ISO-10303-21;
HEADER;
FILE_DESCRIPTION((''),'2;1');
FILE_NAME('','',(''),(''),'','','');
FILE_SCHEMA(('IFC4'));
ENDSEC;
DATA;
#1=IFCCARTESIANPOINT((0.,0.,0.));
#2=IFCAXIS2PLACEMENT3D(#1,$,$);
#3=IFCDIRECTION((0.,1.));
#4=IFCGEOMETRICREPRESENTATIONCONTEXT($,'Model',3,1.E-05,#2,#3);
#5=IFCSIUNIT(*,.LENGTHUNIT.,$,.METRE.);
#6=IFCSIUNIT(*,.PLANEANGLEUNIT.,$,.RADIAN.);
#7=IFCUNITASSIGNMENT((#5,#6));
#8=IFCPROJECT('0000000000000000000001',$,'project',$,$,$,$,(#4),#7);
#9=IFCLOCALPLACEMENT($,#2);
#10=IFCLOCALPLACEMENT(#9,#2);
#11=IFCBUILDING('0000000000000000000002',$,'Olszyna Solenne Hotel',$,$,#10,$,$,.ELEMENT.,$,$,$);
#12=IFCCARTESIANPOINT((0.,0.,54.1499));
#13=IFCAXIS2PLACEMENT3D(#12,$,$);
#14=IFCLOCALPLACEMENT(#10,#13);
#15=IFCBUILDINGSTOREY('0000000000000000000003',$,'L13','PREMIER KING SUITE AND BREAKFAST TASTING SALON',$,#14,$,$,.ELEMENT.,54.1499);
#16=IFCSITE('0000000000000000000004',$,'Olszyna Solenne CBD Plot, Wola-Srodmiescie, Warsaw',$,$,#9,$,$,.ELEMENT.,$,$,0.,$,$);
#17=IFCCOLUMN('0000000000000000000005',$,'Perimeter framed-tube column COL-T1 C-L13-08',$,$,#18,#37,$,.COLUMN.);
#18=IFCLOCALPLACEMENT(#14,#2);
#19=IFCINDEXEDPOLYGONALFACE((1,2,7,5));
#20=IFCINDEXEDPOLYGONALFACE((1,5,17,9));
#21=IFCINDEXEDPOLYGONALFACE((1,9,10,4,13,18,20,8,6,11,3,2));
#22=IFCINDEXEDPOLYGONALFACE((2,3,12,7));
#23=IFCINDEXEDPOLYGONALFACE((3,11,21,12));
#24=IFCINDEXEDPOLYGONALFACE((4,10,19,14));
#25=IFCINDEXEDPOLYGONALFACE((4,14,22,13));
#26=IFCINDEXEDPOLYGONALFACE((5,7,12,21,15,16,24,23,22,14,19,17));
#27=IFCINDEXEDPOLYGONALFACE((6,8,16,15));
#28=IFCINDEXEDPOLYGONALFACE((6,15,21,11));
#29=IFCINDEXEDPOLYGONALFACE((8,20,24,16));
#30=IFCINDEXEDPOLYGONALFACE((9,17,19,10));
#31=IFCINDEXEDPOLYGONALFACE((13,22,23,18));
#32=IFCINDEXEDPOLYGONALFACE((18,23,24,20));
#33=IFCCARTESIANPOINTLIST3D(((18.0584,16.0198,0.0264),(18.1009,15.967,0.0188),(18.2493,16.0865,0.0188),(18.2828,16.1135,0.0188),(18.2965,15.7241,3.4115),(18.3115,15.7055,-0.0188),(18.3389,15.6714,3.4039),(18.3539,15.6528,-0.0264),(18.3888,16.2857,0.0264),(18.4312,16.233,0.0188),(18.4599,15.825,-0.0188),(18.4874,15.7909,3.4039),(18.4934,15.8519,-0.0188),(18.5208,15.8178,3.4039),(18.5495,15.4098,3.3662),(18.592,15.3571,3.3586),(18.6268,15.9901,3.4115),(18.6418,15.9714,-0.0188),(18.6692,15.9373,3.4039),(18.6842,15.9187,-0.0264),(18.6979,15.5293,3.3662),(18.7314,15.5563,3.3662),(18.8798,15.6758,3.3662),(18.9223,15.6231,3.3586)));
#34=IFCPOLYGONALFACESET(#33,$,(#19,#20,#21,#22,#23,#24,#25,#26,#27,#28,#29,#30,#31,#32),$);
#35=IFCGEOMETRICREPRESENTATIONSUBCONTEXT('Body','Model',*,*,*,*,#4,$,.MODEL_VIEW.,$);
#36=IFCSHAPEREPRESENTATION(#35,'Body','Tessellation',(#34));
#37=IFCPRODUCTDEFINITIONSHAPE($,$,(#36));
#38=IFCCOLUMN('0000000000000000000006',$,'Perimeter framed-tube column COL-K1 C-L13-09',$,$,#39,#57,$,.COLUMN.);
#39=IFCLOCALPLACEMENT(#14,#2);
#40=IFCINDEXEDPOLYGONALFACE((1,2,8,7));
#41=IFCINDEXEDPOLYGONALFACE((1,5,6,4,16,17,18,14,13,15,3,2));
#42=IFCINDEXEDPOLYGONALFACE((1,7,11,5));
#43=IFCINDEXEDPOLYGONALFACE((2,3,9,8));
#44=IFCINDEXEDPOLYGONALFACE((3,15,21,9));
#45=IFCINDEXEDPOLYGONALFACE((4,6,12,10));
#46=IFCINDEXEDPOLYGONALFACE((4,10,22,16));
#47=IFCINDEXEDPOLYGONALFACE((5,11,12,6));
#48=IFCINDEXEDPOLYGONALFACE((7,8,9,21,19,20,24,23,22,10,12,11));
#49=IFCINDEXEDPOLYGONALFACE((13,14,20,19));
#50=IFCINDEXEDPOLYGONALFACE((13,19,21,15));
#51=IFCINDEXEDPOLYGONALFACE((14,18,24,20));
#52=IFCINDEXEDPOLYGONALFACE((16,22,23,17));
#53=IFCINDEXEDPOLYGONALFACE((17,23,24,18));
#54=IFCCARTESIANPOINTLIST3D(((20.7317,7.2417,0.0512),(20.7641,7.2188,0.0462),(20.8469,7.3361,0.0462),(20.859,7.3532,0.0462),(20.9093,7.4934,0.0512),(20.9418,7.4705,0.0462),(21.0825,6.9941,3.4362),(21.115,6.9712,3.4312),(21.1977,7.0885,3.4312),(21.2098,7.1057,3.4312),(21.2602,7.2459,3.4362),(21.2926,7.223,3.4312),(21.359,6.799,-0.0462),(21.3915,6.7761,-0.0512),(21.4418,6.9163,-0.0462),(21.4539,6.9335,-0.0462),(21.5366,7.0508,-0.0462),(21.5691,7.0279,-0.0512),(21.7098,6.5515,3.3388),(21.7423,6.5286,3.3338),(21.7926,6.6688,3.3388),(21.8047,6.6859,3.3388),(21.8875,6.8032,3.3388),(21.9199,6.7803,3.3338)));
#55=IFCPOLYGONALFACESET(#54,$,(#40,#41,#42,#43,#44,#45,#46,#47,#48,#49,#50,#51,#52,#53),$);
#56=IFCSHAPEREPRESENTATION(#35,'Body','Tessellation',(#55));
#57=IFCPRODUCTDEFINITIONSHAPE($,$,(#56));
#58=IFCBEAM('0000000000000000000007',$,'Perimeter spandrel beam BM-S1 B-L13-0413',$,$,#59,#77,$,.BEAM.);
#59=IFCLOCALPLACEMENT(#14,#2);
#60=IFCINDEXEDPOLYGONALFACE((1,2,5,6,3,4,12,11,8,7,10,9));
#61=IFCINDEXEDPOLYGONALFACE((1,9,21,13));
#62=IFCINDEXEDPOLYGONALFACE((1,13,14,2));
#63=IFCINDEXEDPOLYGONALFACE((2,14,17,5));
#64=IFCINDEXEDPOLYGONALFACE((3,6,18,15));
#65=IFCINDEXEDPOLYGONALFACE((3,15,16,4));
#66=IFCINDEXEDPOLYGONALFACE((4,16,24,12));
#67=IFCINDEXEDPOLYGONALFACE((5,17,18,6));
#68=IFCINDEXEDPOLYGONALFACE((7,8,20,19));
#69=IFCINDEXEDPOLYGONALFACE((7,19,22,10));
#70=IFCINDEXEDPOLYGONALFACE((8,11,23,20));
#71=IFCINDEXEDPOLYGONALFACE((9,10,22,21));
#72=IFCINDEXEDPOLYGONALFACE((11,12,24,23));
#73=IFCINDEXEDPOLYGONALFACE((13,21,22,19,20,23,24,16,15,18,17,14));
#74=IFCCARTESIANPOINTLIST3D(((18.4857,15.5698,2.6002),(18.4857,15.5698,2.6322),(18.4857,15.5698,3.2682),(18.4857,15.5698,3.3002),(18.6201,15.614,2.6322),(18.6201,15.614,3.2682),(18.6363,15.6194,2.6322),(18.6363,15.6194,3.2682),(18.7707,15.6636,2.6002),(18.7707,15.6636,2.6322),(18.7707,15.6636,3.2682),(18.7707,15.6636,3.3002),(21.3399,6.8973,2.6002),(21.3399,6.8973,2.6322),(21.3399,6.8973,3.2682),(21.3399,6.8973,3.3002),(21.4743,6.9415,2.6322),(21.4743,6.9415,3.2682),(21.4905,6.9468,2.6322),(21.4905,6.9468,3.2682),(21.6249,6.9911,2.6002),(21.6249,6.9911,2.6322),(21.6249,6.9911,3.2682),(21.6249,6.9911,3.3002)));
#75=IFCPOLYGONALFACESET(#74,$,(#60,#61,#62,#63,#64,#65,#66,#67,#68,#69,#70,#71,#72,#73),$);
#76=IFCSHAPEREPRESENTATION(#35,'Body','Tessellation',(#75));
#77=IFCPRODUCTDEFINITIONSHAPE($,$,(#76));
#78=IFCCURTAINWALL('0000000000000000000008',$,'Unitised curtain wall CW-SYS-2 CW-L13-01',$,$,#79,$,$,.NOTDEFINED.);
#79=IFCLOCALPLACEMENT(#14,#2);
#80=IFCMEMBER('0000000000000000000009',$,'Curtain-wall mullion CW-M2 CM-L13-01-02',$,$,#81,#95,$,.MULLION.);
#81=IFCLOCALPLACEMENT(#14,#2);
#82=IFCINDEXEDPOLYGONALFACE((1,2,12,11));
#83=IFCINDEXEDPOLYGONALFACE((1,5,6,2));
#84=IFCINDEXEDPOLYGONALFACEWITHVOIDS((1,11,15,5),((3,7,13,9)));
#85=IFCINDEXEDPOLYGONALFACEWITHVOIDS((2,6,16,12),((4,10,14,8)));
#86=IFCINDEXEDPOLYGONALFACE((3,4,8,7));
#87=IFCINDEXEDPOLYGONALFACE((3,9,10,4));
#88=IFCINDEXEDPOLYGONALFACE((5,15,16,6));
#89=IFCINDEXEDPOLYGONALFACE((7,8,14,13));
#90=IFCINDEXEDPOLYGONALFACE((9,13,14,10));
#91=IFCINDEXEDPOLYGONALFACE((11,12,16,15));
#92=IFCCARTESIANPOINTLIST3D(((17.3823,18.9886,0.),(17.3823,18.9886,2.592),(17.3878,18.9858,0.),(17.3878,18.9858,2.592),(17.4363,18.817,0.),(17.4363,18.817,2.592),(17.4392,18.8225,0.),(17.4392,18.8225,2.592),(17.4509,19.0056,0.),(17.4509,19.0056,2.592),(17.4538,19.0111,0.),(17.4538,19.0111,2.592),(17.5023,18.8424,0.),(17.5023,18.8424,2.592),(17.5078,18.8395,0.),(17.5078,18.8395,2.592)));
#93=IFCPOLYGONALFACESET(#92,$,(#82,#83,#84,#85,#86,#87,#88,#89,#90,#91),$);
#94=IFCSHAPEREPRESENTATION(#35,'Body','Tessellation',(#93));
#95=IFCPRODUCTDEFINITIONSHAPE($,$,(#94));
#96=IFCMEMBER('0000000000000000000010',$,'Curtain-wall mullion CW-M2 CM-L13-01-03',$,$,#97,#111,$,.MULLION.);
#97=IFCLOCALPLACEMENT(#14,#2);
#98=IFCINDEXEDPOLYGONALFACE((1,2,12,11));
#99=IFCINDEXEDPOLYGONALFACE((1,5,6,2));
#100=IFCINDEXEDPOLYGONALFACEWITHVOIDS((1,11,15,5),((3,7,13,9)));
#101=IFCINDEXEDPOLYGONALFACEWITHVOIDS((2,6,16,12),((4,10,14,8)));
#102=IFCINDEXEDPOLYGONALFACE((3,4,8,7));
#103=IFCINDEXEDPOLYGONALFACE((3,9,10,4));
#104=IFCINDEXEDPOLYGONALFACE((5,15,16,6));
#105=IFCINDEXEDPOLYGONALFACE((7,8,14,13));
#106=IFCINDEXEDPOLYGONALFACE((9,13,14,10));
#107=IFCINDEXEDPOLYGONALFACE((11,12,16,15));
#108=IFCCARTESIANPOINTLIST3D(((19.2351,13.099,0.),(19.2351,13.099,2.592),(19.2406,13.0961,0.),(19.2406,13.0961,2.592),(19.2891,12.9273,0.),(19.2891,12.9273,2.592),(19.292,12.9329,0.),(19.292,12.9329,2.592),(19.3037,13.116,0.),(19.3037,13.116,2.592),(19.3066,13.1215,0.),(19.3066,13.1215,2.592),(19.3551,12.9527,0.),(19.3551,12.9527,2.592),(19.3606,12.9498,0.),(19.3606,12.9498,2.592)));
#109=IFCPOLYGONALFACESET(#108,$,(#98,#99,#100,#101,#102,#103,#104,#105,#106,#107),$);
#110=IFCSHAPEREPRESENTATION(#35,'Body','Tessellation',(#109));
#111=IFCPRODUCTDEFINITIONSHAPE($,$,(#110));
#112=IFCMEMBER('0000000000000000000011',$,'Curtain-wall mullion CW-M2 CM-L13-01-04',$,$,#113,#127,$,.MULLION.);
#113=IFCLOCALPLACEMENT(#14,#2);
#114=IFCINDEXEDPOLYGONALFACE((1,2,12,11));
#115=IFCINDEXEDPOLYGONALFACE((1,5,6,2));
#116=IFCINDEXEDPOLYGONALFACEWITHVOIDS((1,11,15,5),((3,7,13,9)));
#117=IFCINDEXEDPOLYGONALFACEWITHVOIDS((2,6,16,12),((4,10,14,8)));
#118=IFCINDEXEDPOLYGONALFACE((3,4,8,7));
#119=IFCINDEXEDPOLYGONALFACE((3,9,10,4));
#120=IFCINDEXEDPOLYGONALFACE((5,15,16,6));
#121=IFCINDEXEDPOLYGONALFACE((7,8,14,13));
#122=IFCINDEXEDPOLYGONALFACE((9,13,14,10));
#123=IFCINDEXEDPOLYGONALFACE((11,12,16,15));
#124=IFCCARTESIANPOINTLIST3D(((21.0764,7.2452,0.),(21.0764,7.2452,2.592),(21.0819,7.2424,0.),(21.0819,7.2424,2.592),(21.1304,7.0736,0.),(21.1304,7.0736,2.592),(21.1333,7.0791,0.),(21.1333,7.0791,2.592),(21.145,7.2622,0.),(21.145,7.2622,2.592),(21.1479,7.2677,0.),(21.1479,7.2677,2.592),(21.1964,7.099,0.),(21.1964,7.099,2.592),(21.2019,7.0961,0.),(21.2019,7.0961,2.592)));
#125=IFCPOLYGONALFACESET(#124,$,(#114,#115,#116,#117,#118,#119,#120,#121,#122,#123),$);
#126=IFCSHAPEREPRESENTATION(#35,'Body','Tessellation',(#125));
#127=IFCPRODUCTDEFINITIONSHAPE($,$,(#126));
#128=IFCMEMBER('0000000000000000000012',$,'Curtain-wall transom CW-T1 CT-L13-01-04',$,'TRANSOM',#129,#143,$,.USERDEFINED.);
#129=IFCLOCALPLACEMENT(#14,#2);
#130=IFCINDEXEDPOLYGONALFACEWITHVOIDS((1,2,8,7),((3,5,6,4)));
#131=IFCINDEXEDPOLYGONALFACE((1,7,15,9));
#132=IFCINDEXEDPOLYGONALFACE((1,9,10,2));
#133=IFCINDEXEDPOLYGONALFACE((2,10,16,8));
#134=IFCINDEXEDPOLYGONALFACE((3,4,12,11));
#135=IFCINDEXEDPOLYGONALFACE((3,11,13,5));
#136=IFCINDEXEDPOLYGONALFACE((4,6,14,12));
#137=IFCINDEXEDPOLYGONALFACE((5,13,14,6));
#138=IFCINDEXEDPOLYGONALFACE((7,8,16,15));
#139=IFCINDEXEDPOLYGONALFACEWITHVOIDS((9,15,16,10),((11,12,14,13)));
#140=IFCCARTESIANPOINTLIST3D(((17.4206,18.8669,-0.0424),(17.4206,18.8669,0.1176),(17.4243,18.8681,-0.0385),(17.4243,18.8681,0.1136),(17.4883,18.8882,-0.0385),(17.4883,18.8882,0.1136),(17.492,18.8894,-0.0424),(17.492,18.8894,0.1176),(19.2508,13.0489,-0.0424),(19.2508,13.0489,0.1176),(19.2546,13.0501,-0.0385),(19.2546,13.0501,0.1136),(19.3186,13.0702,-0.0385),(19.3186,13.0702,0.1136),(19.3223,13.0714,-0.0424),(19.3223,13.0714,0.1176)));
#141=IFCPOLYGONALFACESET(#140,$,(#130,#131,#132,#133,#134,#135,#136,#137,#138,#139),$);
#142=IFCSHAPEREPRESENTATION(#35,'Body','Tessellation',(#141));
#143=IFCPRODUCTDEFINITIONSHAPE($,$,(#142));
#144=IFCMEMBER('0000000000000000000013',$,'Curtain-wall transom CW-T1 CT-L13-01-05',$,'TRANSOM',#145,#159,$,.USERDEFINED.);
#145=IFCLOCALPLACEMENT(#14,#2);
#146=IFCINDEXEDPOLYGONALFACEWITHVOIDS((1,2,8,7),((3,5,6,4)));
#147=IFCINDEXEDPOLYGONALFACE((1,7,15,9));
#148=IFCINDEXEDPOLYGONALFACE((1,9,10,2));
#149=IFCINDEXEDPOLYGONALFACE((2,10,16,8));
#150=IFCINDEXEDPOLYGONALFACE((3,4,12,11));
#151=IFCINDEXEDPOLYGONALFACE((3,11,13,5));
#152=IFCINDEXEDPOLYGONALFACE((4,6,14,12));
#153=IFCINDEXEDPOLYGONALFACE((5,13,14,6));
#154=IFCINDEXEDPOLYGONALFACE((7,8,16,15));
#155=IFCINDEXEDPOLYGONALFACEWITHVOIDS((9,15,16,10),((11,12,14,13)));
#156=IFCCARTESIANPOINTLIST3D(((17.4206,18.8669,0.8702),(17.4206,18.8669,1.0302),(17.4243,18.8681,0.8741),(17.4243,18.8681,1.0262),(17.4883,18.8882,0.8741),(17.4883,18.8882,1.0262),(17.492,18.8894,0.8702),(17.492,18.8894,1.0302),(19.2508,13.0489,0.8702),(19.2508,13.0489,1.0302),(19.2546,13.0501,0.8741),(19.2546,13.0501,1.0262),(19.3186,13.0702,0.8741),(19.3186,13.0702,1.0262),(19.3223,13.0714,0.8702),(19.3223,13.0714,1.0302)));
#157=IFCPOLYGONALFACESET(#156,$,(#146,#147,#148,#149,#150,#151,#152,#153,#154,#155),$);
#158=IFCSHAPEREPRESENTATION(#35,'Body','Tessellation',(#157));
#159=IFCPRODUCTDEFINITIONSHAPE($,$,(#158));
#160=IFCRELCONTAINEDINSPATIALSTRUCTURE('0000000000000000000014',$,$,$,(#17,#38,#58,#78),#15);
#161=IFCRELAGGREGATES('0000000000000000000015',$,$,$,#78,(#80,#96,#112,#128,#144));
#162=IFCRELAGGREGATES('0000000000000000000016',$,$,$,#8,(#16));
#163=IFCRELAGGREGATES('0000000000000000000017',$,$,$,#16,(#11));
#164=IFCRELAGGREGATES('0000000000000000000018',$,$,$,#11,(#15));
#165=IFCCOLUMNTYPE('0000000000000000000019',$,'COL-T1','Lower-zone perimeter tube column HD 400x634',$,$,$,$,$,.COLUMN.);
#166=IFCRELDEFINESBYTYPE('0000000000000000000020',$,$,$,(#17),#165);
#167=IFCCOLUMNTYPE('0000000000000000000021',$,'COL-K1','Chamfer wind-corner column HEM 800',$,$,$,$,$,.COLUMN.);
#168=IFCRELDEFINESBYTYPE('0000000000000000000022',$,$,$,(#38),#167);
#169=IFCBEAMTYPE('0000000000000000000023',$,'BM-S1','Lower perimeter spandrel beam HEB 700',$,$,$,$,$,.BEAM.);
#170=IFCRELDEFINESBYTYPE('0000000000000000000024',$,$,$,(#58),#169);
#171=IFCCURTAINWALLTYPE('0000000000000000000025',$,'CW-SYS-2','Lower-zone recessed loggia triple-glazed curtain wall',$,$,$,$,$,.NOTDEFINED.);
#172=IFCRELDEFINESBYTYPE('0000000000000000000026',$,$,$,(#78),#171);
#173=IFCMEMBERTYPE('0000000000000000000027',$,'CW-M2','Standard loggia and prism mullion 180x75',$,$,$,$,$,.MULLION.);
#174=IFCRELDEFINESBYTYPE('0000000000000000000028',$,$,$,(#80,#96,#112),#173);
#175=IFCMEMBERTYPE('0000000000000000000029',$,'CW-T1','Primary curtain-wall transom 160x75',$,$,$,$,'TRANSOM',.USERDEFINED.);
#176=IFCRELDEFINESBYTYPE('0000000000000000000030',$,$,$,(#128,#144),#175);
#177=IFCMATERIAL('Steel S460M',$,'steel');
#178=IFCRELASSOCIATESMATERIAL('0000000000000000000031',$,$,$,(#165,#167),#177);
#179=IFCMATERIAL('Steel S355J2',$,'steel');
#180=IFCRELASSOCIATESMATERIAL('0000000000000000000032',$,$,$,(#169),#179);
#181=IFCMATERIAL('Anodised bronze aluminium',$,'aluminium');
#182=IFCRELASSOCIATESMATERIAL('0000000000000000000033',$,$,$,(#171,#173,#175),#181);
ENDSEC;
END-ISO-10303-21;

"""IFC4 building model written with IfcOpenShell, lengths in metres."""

from ifc_helpers import new_model, si_unit, direction, frame, origin, origin_2d, place, context, subcontext, project, spatial, hollow_rectangle, i_section, extrude, source, transform, mapped, material, material_profile, profile_set, type_object, element, aggregate, save


model = new_model("IFC4")

# Units and contexts
model_context = context("Model", 3, precision=1e-05, world=origin(), true_north=direction((0.0, 1.0)))
body_context = subcontext(model_context, "Body", "Model", "MODEL_VIEW")
ifc_project = project(units=[si_unit("LENGTHUNIT", "METRE"), si_unit("PLANEANGLEUNIT", "RADIAN")], contexts=[model_context])

# Site, building, storey
site_placement = place(None, origin())
site = spatial("IfcSite", under=ifc_project, at=site_placement, Name="Olszyna Solenne CBD Plot, Wola-Srodmiescie, Warsaw", CompositionType="ELEMENT", RefElevation=0.0)
building_placement = place(site_placement, origin())
building = spatial("IfcBuilding", under=site, at=building_placement, Name="Olszyna Solenne Hotel", CompositionType="ELEMENT")
storey_placement = place(building_placement, frame((0.0, 0.0, 54.1499)))
storey = spatial("IfcBuildingStorey", under=building, at=storey_placement, Name="L13", Description="PREMIER KING SUITE AND BREAKFAST TASTING SALON", CompositionType="ELEMENT", Elevation=54.1499)

# Columns
ifc_material_1 = material(Name="Steel S460M", Category="steel")
ifc_material_profile_1 = material_profile(ifc_material_1, i_section(OverallWidth=0.4241, OverallDepth=0.4741, WebThickness=0.043, FlangeThickness=0.0681, at=origin_2d()), Name="HD 400x634", Category="load-bearing")
ifc_profile_set_1 = profile_set([ifc_material_profile_1], Name="Steel S460M")
column_type_1 = type_object("IfcColumnType", Name="COL-T1", Description="Lower-zone perimeter tube column HD 400x634", PredefinedType="COLUMN", material=ifc_profile_set_1)
shared_shape_1 = source(origin(), body_context, "Body", "SweptSolid", [
    extrude(i_section(OverallWidth=0.4241, OverallDepth=0.4741, WebThickness=0.043, FlangeThickness=0.0681, at=origin_2d()), origin(), (0.0, 0.0, 1.0), 3.4062),
])
column_1_placement = place(storey_placement, frame((18.3713, 15.9692, 0.0), z_axis=(0.069883, -0.086798, 0.993772), x_axis=(0.77892, 0.627124, 0.0)))
element("IfcColumn", 1, at=column_1_placement, inside=storey, type_object=column_type_1, Name="Perimeter framed-tube column COL-T1 C-L13-08", PredefinedType="COLUMN", context=body_context, shape_type="MappedRepresentation", body=[
    mapped(shared_shape_1, transform((0.0, 0.0, 0.0), x_axis=(1.0, 0.0, 0.0), y_axis=(0.0, 1.0, 0.0), z_axis=(0.0, 0.0, 1.0), scale=1.0)),
])
ifc_material_profile_2 = material_profile(ifc_material_1, i_section(OverallWidth=0.3081, OverallDepth=0.814, WebThickness=0.021, FlangeThickness=0.04, at=origin_2d()), Name="HEM 800", Category="load-bearing")
ifc_profile_set_2 = profile_set([ifc_material_profile_2], Name="Steel S460M")
column_type_2 = type_object("IfcColumnType", Name="COL-K1", Description="Chamfer wind-corner column HEM 800", PredefinedType="COLUMN", material=ifc_profile_set_2)
shared_shape_2 = source(origin(), body_context, "Body", "SweptSolid", [
    extrude(i_section(OverallWidth=0.3081, OverallDepth=0.814, WebThickness=0.021, FlangeThickness=0.04, at=origin_2d()), origin(), (0.0, 0.0, 1.0), 3.4121),
])
column_2_placement = place(storey_placement, frame((21.1504, 7.1348, 0.0), z_axis=(0.102818, -0.072552, 0.992051), x_axis=(0.576549, 0.817062, 0.0)))
element("IfcColumn", 2, at=column_2_placement, inside=storey, type_object=column_type_2, Name="Perimeter framed-tube column COL-K1 C-L13-09", PredefinedType="COLUMN", context=body_context, shape_type="MappedRepresentation", body=[
    mapped(shared_shape_2, transform((0.0, 0.0, 0.0), x_axis=(1.0, 0.0, 0.0), y_axis=(0.0, 1.0, 0.0), z_axis=(0.0, 0.0, 1.0), scale=1.0)),
])

# Beam
ifc_material_2 = material(Name="Steel S355J2", Category="steel")
ifc_material_profile_3 = material_profile(ifc_material_2, i_section(OverallWidth=0.3, OverallDepth=0.7, WebThickness=0.0171, FlangeThickness=0.032, at=origin_2d()), Name="HEB 700", Category="load-bearing")
ifc_profile_set_3 = profile_set([ifc_material_profile_3], Name="Steel S355J2")
beam_type = type_object("IfcBeamType", Name="BM-S1", Description="Lower perimeter spandrel beam HEB 700", PredefinedType="BEAM", material=ifc_profile_set_3)
shared_shape_3 = source(origin(), body_context, "Body", "SweptSolid", [
    extrude(i_section(OverallWidth=0.3, OverallDepth=0.7, WebThickness=0.0171, FlangeThickness=0.032, at=origin_2d()), origin(), (0.0, 0.0, 1.0), 9.1301),
])
beam_placement = place(storey_placement, frame((18.6282, 15.6167, 2.9502), z_axis=(0.312616, -0.94988, 0.0), x_axis=(0.94988, 0.312616, 0.0)))
element("IfcBeam", 3, at=beam_placement, inside=storey, type_object=beam_type, Name="Perimeter spandrel beam BM-S1 B-L13-0413", PredefinedType="BEAM", context=body_context, shape_type="MappedRepresentation", body=[
    mapped(shared_shape_3, transform((0.0, 0.0, 0.0), x_axis=(1.0, 0.0, 0.0), y_axis=(0.0, 1.0, 0.0), z_axis=(0.0, 0.0, 1.0), scale=1.0)),
])

# Curtain wall, members
ifc_material_3 = material(Name="Anodised bronze aluminium", Category="aluminium")
curtain_wall_type = type_object("IfcCurtainWallType", Name="CW-SYS-2", Description="Lower-zone recessed loggia triple-glazed curtain wall", PredefinedType="NOTDEFINED", material=ifc_material_3)
curtain_wall_placement = place(storey_placement, origin())
curtain_wall = element("IfcCurtainWall", 4, at=curtain_wall_placement, inside=storey, type_object=curtain_wall_type, Name="Unitised curtain wall CW-SYS-2 CW-L13-01", PredefinedType="NOTDEFINED")
ifc_material_profile_4 = material_profile(ifc_material_3, hollow_rectangle(XDim=0.075, YDim=0.1799, WallThickness=0.0044, at=origin_2d()), Name="MULL 180x75x4.5", Category="load-bearing")
ifc_profile_set_4 = profile_set([ifc_material_profile_4], Name="Anodised bronze aluminium")
member_type_1 = type_object("IfcMemberType", Name="CW-M2", Description="Standard loggia and prism mullion 180x75", PredefinedType="MULLION", material=ifc_profile_set_4)
shared_shape_4 = source(origin(), body_context, "Body", "SweptSolid", [
    extrude(hollow_rectangle(XDim=0.075, YDim=0.1799, WallThickness=0.0044, at=origin_2d()), origin(), (0.0, 0.0, 1.0), 2.592),
])
member_1_placement = place(storey_placement, frame((17.4451, 18.9141, 0.0), z_axis=(0.0, 0.0, 1.0), x_axis=(0.953914, 0.30008, 0.0)))
member_1 = element("IfcMember", 5, at=member_1_placement, type_object=member_type_1, Name="Curtain-wall mullion CW-M2 CM-L13-01-02", PredefinedType="MULLION", context=body_context, shape_type="MappedRepresentation", body=[
    mapped(shared_shape_4, transform((0.0, 0.0, 0.0), x_axis=(1.0, 0.0, 0.0), y_axis=(0.0, 1.0, 0.0), z_axis=(0.0, 0.0, 1.0), scale=1.0)),
])
member_2_placement = place(storey_placement, frame((19.2979, 13.0244, 0.0), z_axis=(0.0, 0.0, 1.0), x_axis=(0.953914, 0.30008, 0.0)))
member_2 = element("IfcMember", 6, at=member_2_placement, type_object=member_type_1, Name="Curtain-wall mullion CW-M2 CM-L13-01-03", PredefinedType="MULLION", context=body_context, shape_type="MappedRepresentation", body=[
    mapped(shared_shape_4, transform((0.0, 0.0, 0.0), x_axis=(1.0, 0.0, 0.0), y_axis=(0.0, 1.0, 0.0), z_axis=(0.0, 0.0, 1.0), scale=1.0)),
])
member_3_placement = place(storey_placement, frame((21.1392, 7.1707, 0.0), z_axis=(0.0, 0.0, 1.0), x_axis=(0.953914, 0.30008, 0.0)))
member_3 = element("IfcMember", 7, at=member_3_placement, type_object=member_type_1, Name="Curtain-wall mullion CW-M2 CM-L13-01-04", PredefinedType="MULLION", context=body_context, shape_type="MappedRepresentation", body=[
    mapped(shared_shape_4, transform((0.0, 0.0, 0.0), x_axis=(1.0, 0.0, 0.0), y_axis=(0.0, 1.0, 0.0), z_axis=(0.0, 0.0, 1.0), scale=1.0)),
])
ifc_material_profile_5 = material_profile(ifc_material_3, hollow_rectangle(XDim=0.075, YDim=0.1599, WallThickness=0.0039, at=origin_2d()), Name="TRAN 160x75x4", Category="load-bearing")
ifc_profile_set_5 = profile_set([ifc_material_profile_5], Name="Anodised bronze aluminium")
member_type_2 = type_object("IfcMemberType", Name="CW-T1", Description="Primary curtain-wall transom 160x75", ElementType="TRANSOM", PredefinedType="USERDEFINED", material=ifc_profile_set_5)
shared_shape_5 = source(origin(), body_context, "Body", "SweptSolid", [
    extrude(hollow_rectangle(XDim=0.075, YDim=0.1599, WallThickness=0.0039, at=origin_2d()), origin(), (0.0, 0.0, 1.0), 6.0991),
])
member_4_placement = place(storey_placement, frame((17.4563, 18.8782, 0.0376), z_axis=(0.300091, -0.953911, 0.0), x_axis=(0.953911, 0.300091, 0.0)))
member_4 = element("IfcMember", 8, at=member_4_placement, type_object=member_type_2, Name="Curtain-wall transom CW-T1 CT-L13-01-04", ObjectType="TRANSOM", PredefinedType="USERDEFINED", context=body_context, shape_type="MappedRepresentation", body=[
    mapped(shared_shape_5, transform((0.0, 0.0, 0.0), x_axis=(1.0, 0.0, 0.0), y_axis=(0.0, 1.0, 0.0), z_axis=(0.0, 0.0, 1.0), scale=1.0)),
])
member_5_placement = place(storey_placement, frame((17.4563, 18.8782, 0.9502), z_axis=(0.300091, -0.953911, 0.0), x_axis=(0.953911, 0.300091, 0.0)))
member_5 = element("IfcMember", 9, at=member_5_placement, type_object=member_type_2, Name="Curtain-wall transom CW-T1 CT-L13-01-05", ObjectType="TRANSOM", PredefinedType="USERDEFINED", context=body_context, shape_type="MappedRepresentation", body=[
    mapped(shared_shape_5, transform((0.0, 0.0, 0.0), x_axis=(1.0, 0.0, 0.0), y_axis=(0.0, 1.0, 0.0), z_axis=(0.0, 0.0, 1.0), scale=1.0)),
])

aggregate(curtain_wall, [member_1, member_2, member_3, member_4, member_5])

save(model, "model.ifc")
